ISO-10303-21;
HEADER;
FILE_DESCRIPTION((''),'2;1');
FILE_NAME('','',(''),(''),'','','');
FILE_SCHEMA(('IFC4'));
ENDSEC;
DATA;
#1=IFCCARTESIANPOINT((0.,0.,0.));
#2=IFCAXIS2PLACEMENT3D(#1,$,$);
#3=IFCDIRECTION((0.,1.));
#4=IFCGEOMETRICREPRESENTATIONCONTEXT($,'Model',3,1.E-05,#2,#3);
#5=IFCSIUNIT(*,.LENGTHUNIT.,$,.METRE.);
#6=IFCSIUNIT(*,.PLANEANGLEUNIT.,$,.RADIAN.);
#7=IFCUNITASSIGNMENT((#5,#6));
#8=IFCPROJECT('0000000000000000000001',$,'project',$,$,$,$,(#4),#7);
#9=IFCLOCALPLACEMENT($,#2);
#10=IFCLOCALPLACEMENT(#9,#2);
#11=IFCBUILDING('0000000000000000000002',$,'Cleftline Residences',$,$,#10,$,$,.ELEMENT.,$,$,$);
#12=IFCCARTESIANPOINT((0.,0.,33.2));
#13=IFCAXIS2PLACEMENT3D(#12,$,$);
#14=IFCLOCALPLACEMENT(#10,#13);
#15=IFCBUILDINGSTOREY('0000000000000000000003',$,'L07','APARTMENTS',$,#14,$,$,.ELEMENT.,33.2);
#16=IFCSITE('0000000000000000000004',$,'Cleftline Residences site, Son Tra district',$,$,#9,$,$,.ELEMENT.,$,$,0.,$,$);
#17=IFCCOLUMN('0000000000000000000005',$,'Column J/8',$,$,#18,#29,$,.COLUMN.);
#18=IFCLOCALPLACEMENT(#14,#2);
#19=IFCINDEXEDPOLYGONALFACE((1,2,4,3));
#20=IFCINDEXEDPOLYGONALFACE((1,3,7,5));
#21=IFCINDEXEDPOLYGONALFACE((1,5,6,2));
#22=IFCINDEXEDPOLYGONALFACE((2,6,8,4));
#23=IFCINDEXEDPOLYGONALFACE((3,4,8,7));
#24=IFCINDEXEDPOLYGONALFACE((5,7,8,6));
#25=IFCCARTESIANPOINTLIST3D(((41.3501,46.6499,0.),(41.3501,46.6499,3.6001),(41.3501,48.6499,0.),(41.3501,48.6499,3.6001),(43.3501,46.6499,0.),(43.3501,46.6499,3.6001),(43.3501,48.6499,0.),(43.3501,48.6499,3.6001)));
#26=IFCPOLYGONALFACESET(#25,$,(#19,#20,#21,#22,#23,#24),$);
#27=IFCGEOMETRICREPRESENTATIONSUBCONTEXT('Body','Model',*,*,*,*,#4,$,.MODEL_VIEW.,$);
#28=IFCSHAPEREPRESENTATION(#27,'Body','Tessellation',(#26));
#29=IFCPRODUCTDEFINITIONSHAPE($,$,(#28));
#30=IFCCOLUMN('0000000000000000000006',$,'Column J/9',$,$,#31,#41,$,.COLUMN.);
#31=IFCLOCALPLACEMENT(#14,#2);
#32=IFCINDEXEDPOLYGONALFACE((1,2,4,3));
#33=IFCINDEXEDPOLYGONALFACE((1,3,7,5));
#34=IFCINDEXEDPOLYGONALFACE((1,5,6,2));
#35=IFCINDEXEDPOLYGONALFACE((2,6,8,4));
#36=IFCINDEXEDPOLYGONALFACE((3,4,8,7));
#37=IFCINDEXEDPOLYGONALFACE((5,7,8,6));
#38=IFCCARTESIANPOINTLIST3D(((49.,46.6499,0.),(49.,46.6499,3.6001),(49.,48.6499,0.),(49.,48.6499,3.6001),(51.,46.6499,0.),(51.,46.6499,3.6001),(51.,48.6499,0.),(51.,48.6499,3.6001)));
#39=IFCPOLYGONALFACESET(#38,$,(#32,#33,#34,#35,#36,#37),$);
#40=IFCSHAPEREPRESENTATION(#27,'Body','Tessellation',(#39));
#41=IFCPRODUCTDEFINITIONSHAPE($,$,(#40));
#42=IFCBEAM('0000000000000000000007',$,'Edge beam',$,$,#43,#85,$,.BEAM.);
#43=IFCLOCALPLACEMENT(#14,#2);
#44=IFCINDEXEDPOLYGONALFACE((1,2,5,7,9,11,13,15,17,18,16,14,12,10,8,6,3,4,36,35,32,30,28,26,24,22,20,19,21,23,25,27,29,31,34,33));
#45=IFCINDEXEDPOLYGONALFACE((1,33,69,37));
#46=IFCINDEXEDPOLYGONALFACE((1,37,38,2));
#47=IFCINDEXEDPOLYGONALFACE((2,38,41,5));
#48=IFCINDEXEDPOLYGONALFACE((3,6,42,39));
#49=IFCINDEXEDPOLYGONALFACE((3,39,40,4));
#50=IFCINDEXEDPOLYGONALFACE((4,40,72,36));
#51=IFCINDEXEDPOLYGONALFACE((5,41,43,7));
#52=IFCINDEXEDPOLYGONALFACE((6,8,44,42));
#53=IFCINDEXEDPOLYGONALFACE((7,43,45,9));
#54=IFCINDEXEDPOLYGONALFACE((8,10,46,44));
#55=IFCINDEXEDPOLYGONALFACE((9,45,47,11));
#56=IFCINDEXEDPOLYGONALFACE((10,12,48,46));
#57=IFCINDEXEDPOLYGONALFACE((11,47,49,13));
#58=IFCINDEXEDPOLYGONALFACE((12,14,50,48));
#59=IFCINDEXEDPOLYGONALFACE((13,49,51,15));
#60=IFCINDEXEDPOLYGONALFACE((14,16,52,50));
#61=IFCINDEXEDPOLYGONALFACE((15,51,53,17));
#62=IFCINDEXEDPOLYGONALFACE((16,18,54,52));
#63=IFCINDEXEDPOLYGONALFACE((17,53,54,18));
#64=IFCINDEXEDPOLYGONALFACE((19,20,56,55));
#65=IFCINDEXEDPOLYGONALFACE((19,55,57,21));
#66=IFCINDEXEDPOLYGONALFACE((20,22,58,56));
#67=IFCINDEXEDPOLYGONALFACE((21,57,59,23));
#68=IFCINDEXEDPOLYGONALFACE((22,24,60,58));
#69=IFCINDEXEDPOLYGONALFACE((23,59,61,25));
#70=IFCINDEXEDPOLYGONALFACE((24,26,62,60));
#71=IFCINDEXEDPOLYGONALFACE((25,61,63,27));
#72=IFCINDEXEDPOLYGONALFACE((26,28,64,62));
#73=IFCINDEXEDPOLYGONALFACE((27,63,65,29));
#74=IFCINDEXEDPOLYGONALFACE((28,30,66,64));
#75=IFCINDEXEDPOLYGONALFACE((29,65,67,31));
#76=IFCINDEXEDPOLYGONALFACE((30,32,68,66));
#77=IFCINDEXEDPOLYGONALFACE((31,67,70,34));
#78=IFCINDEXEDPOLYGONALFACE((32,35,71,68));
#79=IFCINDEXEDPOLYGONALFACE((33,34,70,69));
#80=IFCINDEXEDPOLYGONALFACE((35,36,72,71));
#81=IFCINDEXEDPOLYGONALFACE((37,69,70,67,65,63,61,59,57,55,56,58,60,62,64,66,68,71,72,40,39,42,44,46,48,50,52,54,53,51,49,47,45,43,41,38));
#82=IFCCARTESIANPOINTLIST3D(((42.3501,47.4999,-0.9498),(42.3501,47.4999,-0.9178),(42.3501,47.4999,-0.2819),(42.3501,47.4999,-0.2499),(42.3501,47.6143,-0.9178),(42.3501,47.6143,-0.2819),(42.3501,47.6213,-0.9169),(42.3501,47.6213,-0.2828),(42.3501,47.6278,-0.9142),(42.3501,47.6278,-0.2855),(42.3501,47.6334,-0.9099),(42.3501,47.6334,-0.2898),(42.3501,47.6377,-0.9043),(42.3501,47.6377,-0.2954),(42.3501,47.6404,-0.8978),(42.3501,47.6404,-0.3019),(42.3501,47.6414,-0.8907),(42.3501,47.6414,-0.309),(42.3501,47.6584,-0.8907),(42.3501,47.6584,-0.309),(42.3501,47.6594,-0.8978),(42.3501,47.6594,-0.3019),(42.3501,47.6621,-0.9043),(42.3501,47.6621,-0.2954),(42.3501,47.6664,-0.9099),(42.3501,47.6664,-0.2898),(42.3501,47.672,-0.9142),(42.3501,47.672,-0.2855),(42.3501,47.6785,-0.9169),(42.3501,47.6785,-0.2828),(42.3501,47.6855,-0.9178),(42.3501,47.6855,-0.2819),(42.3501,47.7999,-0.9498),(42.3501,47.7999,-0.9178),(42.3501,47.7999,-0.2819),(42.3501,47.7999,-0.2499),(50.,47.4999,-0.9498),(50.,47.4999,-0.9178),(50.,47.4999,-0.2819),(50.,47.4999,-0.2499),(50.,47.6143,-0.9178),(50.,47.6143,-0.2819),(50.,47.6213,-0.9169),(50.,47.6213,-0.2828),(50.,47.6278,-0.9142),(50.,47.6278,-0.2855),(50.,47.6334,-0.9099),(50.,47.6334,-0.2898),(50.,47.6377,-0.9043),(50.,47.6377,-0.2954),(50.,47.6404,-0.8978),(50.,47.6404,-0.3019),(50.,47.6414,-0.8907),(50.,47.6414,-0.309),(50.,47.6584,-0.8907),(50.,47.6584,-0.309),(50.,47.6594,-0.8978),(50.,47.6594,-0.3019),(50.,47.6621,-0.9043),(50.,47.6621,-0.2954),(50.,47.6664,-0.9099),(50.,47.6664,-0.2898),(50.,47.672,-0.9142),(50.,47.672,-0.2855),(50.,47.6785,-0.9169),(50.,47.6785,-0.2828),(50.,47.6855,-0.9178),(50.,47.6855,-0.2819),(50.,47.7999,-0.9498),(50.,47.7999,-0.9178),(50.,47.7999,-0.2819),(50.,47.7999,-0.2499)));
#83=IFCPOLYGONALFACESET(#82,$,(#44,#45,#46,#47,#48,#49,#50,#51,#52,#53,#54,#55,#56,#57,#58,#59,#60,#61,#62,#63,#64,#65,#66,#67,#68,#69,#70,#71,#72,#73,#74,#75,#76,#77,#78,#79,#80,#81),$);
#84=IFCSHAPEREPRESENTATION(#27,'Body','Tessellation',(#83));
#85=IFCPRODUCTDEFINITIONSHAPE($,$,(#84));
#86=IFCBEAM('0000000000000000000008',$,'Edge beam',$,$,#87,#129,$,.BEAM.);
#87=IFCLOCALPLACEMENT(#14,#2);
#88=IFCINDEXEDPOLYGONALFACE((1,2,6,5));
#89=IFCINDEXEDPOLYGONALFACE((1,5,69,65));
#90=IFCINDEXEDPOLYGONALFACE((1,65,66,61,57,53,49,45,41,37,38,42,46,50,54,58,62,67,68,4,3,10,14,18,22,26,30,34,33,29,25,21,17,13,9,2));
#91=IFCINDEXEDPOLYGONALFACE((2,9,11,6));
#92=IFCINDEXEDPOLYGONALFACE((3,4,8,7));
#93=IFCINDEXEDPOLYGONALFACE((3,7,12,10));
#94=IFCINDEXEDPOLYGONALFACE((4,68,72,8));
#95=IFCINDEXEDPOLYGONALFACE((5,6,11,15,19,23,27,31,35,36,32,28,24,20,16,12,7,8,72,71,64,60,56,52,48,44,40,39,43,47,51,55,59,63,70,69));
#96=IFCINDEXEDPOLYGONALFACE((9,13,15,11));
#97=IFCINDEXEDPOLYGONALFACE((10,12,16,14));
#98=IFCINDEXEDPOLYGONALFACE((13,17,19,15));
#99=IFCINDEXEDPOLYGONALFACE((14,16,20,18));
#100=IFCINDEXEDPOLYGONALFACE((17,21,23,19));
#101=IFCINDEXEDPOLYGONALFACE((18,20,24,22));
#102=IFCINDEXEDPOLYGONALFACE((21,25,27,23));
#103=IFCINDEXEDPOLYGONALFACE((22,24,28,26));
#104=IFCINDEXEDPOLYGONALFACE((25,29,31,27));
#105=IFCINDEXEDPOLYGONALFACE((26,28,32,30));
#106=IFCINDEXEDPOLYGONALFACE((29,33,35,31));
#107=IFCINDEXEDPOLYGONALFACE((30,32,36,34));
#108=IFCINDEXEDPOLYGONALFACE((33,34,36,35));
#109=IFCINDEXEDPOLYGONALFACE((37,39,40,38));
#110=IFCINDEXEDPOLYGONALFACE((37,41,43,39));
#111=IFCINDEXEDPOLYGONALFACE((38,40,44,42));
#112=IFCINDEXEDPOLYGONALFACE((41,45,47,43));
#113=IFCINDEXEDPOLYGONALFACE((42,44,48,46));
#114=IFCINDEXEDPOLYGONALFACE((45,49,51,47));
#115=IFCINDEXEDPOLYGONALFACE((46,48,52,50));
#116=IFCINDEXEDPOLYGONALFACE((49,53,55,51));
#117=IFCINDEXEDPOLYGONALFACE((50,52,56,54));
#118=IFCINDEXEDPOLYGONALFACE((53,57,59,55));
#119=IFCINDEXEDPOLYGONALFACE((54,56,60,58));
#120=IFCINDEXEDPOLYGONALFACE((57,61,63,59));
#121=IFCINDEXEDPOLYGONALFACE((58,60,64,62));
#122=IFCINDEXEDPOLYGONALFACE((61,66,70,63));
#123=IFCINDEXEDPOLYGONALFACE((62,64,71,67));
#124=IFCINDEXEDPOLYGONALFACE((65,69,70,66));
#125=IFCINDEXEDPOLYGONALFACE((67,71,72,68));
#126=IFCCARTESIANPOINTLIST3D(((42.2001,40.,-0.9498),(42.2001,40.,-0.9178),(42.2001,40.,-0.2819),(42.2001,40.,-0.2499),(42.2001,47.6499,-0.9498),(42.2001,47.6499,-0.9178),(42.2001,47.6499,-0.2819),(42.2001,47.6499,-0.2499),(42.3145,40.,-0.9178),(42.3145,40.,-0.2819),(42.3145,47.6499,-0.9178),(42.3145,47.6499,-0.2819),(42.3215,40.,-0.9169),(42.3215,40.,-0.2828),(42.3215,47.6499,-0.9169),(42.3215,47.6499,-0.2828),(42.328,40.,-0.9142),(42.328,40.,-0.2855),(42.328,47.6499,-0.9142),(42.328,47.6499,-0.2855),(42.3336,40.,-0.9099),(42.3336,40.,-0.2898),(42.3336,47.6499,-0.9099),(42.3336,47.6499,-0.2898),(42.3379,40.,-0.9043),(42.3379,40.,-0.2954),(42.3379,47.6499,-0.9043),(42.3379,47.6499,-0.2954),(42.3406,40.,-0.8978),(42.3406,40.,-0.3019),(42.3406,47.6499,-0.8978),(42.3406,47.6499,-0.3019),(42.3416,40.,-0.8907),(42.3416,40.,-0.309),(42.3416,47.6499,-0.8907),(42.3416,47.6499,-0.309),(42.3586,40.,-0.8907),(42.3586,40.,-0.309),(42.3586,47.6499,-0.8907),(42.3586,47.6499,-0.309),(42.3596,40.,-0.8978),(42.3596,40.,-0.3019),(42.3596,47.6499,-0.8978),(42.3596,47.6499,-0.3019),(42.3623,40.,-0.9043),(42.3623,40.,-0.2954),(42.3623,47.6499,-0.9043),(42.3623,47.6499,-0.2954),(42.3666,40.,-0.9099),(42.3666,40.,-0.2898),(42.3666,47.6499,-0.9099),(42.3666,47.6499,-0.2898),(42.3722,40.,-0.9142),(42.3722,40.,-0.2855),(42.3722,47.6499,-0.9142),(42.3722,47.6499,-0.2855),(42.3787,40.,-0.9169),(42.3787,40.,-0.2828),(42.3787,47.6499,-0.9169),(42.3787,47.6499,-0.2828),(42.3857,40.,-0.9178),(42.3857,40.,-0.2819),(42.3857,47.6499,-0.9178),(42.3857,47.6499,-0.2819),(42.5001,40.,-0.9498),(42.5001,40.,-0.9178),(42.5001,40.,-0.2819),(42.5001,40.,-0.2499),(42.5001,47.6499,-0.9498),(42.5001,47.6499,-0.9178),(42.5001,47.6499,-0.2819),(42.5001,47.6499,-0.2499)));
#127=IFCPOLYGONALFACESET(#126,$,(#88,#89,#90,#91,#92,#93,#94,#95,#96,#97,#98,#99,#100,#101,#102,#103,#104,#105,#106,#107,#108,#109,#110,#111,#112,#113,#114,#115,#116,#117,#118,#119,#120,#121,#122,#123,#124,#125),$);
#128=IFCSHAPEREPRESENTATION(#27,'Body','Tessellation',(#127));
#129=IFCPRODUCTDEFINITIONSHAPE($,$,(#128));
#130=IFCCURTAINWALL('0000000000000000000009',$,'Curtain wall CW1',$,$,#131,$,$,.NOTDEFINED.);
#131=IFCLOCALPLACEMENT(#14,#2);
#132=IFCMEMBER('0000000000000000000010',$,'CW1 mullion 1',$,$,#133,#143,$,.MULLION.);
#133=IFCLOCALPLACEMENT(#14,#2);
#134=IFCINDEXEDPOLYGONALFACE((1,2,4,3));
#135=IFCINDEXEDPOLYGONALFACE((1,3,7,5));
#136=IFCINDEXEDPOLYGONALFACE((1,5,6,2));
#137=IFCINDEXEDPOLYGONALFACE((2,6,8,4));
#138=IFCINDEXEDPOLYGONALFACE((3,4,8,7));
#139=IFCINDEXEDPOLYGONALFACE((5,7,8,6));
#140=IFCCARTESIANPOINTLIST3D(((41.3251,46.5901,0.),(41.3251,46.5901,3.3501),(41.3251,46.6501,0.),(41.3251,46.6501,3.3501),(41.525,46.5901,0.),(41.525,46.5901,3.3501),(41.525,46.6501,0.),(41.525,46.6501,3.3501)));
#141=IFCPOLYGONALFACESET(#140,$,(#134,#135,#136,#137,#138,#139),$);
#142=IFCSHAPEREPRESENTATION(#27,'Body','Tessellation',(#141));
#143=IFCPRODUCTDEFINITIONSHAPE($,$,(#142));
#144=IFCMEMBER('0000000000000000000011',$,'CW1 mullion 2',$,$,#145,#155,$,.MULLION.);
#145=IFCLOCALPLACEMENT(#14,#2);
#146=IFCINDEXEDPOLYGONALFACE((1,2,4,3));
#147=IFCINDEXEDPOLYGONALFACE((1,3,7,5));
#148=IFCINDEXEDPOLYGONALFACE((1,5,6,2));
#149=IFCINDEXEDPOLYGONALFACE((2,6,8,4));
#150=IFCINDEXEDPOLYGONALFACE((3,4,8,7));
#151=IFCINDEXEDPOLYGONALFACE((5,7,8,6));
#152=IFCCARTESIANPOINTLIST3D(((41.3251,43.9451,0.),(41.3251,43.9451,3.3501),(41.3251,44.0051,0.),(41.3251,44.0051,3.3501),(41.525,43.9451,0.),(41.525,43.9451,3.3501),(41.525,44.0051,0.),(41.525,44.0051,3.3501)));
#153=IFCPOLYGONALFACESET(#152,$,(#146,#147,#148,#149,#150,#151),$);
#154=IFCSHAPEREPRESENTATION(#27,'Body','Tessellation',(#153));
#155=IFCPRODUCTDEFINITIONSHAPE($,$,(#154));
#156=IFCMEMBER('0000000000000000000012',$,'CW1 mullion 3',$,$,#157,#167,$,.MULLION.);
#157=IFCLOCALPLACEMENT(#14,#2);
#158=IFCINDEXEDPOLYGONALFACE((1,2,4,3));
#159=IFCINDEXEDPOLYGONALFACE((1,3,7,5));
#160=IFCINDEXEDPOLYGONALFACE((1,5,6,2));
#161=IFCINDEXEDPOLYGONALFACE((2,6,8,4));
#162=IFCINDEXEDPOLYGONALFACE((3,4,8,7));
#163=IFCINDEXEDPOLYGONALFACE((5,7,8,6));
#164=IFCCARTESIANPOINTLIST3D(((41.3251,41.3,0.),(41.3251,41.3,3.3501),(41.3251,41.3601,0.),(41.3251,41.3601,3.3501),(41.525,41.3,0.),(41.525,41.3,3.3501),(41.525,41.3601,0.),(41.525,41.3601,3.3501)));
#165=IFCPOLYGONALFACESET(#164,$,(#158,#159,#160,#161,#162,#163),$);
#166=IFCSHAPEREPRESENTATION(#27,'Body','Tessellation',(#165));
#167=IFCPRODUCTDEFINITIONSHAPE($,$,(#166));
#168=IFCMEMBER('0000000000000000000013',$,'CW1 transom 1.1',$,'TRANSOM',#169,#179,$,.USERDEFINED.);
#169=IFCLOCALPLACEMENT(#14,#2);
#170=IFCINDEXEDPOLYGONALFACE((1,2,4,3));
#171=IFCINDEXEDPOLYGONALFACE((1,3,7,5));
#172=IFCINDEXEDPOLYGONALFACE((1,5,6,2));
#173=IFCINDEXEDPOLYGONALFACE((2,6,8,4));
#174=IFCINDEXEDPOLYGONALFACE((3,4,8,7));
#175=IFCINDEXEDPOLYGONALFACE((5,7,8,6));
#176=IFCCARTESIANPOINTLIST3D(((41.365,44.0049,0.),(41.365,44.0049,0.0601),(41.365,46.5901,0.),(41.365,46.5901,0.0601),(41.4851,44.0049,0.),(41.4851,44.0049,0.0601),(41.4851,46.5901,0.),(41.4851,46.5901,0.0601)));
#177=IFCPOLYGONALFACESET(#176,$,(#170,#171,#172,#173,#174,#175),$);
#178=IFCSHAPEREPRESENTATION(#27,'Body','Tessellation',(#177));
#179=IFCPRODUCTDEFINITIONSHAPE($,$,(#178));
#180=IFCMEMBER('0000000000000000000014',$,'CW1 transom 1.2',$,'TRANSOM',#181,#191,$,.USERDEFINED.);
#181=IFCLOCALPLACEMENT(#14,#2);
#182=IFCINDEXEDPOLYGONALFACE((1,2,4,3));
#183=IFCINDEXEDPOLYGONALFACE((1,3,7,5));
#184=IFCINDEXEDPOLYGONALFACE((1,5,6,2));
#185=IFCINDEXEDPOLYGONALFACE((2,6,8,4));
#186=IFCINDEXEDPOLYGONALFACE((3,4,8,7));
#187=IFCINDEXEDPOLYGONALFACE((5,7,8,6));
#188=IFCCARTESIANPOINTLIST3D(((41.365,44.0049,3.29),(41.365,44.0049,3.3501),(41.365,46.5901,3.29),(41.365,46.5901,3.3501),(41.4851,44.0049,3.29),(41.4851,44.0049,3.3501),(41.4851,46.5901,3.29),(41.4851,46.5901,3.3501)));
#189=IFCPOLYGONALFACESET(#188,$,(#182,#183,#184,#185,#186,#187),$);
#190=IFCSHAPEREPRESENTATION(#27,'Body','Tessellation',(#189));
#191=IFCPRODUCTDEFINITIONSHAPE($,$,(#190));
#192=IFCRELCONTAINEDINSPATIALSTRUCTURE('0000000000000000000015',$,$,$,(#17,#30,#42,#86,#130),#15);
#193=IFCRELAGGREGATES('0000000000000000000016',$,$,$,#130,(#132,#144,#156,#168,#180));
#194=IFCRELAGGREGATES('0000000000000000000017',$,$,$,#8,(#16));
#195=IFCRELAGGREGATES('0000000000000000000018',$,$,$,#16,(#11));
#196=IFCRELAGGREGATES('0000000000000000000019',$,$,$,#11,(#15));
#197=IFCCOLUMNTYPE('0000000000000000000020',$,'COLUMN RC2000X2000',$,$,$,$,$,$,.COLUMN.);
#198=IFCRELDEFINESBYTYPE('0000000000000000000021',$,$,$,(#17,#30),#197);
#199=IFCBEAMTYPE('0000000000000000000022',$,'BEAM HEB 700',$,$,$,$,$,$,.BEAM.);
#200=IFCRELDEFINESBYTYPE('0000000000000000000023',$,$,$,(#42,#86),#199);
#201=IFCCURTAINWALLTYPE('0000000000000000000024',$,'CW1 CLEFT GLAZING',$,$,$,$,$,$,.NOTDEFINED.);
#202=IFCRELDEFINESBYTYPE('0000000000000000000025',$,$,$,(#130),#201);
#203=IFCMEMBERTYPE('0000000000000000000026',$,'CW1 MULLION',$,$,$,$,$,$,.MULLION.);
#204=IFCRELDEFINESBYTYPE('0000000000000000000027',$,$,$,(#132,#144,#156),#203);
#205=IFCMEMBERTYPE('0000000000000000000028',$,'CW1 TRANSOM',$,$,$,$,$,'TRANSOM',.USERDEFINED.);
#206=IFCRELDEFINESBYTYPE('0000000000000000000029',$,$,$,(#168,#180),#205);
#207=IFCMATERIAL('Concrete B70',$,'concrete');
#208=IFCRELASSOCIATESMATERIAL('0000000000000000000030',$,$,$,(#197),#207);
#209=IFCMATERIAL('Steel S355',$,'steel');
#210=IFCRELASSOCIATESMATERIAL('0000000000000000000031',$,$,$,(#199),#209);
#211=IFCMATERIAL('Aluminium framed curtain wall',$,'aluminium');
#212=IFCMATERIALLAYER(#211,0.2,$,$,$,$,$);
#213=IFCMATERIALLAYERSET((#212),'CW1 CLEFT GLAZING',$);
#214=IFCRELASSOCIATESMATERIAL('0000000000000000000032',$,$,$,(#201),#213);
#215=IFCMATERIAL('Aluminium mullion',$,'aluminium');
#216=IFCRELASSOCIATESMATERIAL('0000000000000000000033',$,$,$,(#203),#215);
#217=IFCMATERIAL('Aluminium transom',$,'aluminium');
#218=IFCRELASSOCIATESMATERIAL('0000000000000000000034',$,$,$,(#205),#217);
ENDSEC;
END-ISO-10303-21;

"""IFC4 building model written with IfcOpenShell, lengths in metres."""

from ifc_helpers import new_model, si_unit, direction, frame, origin, origin_2d, place, context, subcontext, project, spatial, rectangle, i_section, extrude, material, layer, layer_set, material_profile, profile_set, type_object, element, aggregate, save


model = new_model("IFC4")

# Units and contexts
model_context = context("Model", 3, precision=1e-05, world=origin(), true_north=direction((0.0, 1.0)))
body_context = subcontext(model_context, "Body", "Model", "MODEL_VIEW")
ifc_project = project(units=[si_unit("LENGTHUNIT", "METRE"), si_unit("PLANEANGLEUNIT", "RADIAN")], contexts=[model_context])

# Site, building, storey
site_placement = place(None, origin())
site = spatial("IfcSite", under=ifc_project, at=site_placement, Name="Cleftline Residences site, Son Tra district", CompositionType="ELEMENT", RefElevation=0.0)
building_placement = place(site_placement, origin())
building = spatial("IfcBuilding", under=site, at=building_placement, Name="Cleftline Residences", CompositionType="ELEMENT")
storey_placement = place(building_placement, frame((0.0, 0.0, 33.2)))
storey = spatial("IfcBuildingStorey", under=building, at=storey_placement, Name="L07", Description="APARTMENTS", CompositionType="ELEMENT", Elevation=33.2)

# Columns
ifc_material_1 = material(Name="Concrete B70", Category="concrete")
ifc_material_profile_1 = material_profile(ifc_material_1, rectangle(XDim=2.0, YDim=2.0, at=origin_2d()))
ifc_profile_set_1 = profile_set([ifc_material_profile_1], Name="Concrete B70")
column_type = type_object("IfcColumnType", Name="COLUMN RC2000X2000", PredefinedType="COLUMN", material=ifc_profile_set_1)
for number, where, z_axis, x_axis, name in (
    (1, (42.3501, 47.6499, 0.0), (0.0, 0.0, 1.0), (1.0, 0.0, 0.0), "Column J/8"),
    (2, (50.0, 47.6499, 0.0), (0.0, 0.0, 1.0), (1.0, 0.0, 0.0), "Column J/9"),
):
    element("IfcColumn", number, at=place(storey_placement, frame(where, z_axis=z_axis, x_axis=x_axis)), inside=storey, type_object=column_type, Name=name, PredefinedType="COLUMN", context=body_context, shape_type="SweptSolid", body=[
        extrude(rectangle(XDim=2.0, YDim=2.0, at=origin_2d()), origin(), (0.0, 0.0, 1.0), 3.6001),
    ])

# Beams
ifc_material_2 = material(Name="Steel S355", Category="steel")
ifc_material_profile_2 = material_profile(ifc_material_2, i_section(OverallWidth=0.3, OverallDepth=0.7, WebThickness=0.0171, FlangeThickness=0.032, FilletRadius=0.0271, at=origin_2d()))
ifc_profile_set_2 = profile_set([ifc_material_profile_2], Name="Steel S355")
beam_type = type_object("IfcBeamType", Name="BEAM HEB 700", PredefinedType="BEAM", material=ifc_profile_set_2)
for number, where, z_axis, x_axis, name in (
    (3, (50.0, 47.6499, -0.5999), (-1.0, 0.0, 0.0), (0.0, -1.0, 0.0), "Edge beam"),
    (4, (42.3501, 47.6499, -0.5999), (0.0, -1.0, 0.0), (1.0, 0.0, 0.0), "Edge beam"),
):
    element("IfcBeam", number, at=place(storey_placement, frame(where, z_axis=z_axis, x_axis=x_axis)), inside=storey, type_object=beam_type, Name=name, PredefinedType="BEAM", context=body_context, shape_type="SweptSolid", body=[
        extrude(i_section(OverallWidth=0.3, OverallDepth=0.7, WebThickness=0.0171, FlangeThickness=0.032, FilletRadius=0.0271, at=origin_2d()), origin(), (0.0, 0.0, 1.0), 7.6499),
    ])

# Curtain wall, members
ifc_material_3 = material(Name="Aluminium framed curtain wall", Category="aluminium")
ifc_layer_1 = layer(ifc_material_3, 0.2)
ifc_layer_set_1 = layer_set([ifc_layer_1], Name="CW1 CLEFT GLAZING")
curtain_wall_type = type_object("IfcCurtainWallType", Name="CW1 CLEFT GLAZING", PredefinedType="NOTDEFINED", material=ifc_layer_set_1)
curtain_wall_placement = place(storey_placement, origin())
curtain_wall = element("IfcCurtainWall", 5, at=curtain_wall_placement, inside=storey, type_object=curtain_wall_type, Name="Curtain wall CW1", PredefinedType="NOTDEFINED")
ifc_material_4 = material(Name="Aluminium mullion", Category="aluminium")
ifc_material_profile_3 = material_profile(ifc_material_4, rectangle(XDim=0.2, YDim=0.0601, at=origin_2d()))
ifc_profile_set_3 = profile_set([ifc_material_profile_3], Name="Aluminium mullion")
member_type_1 = type_object("IfcMemberType", Name="CW1 MULLION", PredefinedType="MULLION", material=ifc_profile_set_3)
member_1_placement = place(storey_placement, frame((41.425, 46.6201, 0.0), z_axis=(0.0, 0.0, 1.0), x_axis=(1.0, 0.0, 0.0)))
member_1 = element("IfcMember", 6, at=member_1_placement, type_object=member_type_1, Name="CW1 mullion 1", PredefinedType="MULLION", context=body_context, shape_type="SweptSolid", body=[
    extrude(rectangle(XDim=0.2, YDim=0.0601, at=origin_2d()), origin(), (0.0, 0.0, 1.0), 3.3501),
])
member_2_placement = place(storey_placement, frame((41.425, 43.9751, 0.0), z_axis=(0.0, 0.0, 1.0), x_axis=(1.0, 0.0, 0.0)))
member_2 = element("IfcMember", 7, at=member_2_placement, type_object=member_type_1, Name="CW1 mullion 2", PredefinedType="MULLION", context=body_context, shape_type="SweptSolid", body=[
    extrude(rectangle(XDim=0.2, YDim=0.0601, at=origin_2d()), origin(), (0.0, 0.0, 1.0), 3.3501),
])
member_3_placement = place(storey_placement, frame((41.425, 41.3301, 0.0), z_axis=(0.0, 0.0, 1.0), x_axis=(1.0, 0.0, 0.0)))
member_3 = element("IfcMember", 8, at=member_3_placement, type_object=member_type_1, Name="CW1 mullion 3", PredefinedType="MULLION", context=body_context, shape_type="SweptSolid", body=[
    extrude(rectangle(XDim=0.2, YDim=0.0601, at=origin_2d()), origin(), (0.0, 0.0, 1.0), 3.3501),
])
ifc_material_5 = material(Name="Aluminium transom", Category="aluminium")
ifc_material_profile_4 = material_profile(ifc_material_5, rectangle(XDim=0.1201, YDim=0.0601, at=origin_2d()))
ifc_profile_set_4 = profile_set([ifc_material_profile_4], Name="Aluminium transom")
member_type_2 = type_object("IfcMemberType", Name="CW1 TRANSOM", ElementType="TRANSOM", PredefinedType="USERDEFINED", material=ifc_profile_set_4)
member_4_placement = place(storey_placement, frame((41.425, 46.5901, 0.03), z_axis=(0.0, -1.0, 0.0), x_axis=(1.0, 0.0, 0.0)))
member_4 = element("IfcMember", 9, at=member_4_placement, type_object=member_type_2, Name="CW1 transom 1.1", ObjectType="TRANSOM", PredefinedType="USERDEFINED", context=body_context, shape_type="SweptSolid", body=[
    extrude(rectangle(XDim=0.1201, YDim=0.0601, at=origin_2d()), origin(), (0.0, 0.0, 1.0), 2.5852),
])
member_5_placement = place(storey_placement, frame((41.425, 46.5901, 3.3201), z_axis=(0.0, -1.0, 0.0), x_axis=(1.0, 0.0, 0.0)))
member_5 = element("IfcMember", 10, at=member_5_placement, type_object=member_type_2, Name="CW1 transom 1.2", ObjectType="TRANSOM", PredefinedType="USERDEFINED", context=body_context, shape_type="SweptSolid", body=[
    extrude(rectangle(XDim=0.1201, YDim=0.0601, at=origin_2d()), origin(), (0.0, 0.0, 1.0), 2.5852),
])
aggregate(curtain_wall, [member_1, member_2, member_3, member_4, member_5])

save(model, "model.ifc")
